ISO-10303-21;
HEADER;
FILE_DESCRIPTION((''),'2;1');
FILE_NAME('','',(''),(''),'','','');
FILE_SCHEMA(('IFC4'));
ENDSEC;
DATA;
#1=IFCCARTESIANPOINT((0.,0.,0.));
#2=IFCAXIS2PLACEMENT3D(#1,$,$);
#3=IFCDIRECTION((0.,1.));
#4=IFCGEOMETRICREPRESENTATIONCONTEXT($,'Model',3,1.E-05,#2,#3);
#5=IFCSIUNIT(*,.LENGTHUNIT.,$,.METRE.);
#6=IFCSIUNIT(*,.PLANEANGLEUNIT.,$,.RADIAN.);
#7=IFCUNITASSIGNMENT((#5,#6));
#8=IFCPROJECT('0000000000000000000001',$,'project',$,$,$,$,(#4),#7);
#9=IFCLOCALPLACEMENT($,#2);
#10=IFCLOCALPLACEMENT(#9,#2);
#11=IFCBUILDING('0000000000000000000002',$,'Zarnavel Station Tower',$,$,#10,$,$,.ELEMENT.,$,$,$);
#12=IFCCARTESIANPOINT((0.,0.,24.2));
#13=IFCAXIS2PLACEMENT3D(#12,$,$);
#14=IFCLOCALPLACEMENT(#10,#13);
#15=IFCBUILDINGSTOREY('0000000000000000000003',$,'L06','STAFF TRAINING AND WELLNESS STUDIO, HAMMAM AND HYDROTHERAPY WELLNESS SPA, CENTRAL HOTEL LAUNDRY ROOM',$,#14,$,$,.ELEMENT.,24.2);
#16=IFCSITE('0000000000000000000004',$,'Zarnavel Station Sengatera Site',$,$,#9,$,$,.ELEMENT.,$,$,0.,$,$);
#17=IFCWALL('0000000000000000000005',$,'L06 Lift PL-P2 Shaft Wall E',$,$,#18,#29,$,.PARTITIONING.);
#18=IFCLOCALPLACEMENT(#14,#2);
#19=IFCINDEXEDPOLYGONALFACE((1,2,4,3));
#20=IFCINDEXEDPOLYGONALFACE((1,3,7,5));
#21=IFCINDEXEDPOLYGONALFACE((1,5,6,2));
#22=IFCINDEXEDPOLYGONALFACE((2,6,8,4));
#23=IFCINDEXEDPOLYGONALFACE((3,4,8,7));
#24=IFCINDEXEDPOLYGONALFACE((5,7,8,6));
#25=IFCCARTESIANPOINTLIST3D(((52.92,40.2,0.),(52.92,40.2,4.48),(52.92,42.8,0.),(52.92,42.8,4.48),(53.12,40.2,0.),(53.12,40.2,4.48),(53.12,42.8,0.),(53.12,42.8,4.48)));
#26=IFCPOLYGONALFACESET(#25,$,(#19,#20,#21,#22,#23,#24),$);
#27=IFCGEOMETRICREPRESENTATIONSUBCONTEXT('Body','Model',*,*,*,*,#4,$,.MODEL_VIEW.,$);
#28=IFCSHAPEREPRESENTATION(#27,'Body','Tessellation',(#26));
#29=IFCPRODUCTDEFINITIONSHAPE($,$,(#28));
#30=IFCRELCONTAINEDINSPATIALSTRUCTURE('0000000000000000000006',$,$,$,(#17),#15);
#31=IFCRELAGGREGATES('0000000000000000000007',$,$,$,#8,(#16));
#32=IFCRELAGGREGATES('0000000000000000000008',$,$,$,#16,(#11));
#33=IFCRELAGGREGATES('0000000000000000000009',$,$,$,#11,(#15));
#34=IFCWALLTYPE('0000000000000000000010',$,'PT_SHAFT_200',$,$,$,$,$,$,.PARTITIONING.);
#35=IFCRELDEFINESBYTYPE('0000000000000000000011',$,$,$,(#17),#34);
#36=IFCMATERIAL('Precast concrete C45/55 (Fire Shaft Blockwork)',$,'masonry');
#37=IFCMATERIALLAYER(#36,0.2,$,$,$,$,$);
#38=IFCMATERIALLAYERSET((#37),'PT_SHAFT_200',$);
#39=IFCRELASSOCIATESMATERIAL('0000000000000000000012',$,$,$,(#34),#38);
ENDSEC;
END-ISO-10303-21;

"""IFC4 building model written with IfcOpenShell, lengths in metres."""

from ifc_helpers import new_model, si_unit, direction, frame, frame_2d, origin, place, context, subcontext, project, spatial, rectangle, extrude, material, layer, layer_set, type_object, element, save


model = new_model("IFC4")

# Units and contexts
model_context = context("Model", 3, precision=1e-05, world=origin(), true_north=direction((0.0, 1.0)))
body_context = subcontext(model_context, "Body", "Model", "MODEL_VIEW")
ifc_project = project(units=[si_unit("LENGTHUNIT", "METRE"), si_unit("PLANEANGLEUNIT", "RADIAN")], contexts=[model_context])

# Site, building, storey
site_placement = place(None, origin())
site = spatial("IfcSite", under=ifc_project, at=site_placement, Name="Zarnavel Station Sengatera Site", CompositionType="ELEMENT", RefElevation=0.0)
building_placement = place(site_placement, origin())
building = spatial("IfcBuilding", under=site, at=building_placement, Name="Zarnavel Station Tower", CompositionType="ELEMENT")
storey_placement = place(building_placement, frame((0.0, 0.0, 24.2)))
storey = spatial("IfcBuildingStorey", under=building, at=storey_placement, Name="L06", Description="STAFF TRAINING AND WELLNESS STUDIO, HAMMAM AND HYDROTHERAPY WELLNESS SPA, CENTRAL HOTEL LAUNDRY ROOM", CompositionType="ELEMENT", Elevation=24.2)

# Shared definitions
ifc_material_1 = material(Name="Precast concrete C45/55 (Fire Shaft Blockwork)", Category="masonry")
ifc_layer_1 = layer(ifc_material_1, 0.2)
ifc_layer_set_1 = layer_set([ifc_layer_1], Name="PT_SHAFT_200")
wall_type_1 = type_object("IfcWallType", Name="PT_SHAFT_200", PredefinedType="PARTITIONING", material=ifc_layer_set_1)

# Wall
wall_1_placement = place(storey_placement, frame((53.02, 40.2, 0.0), z_axis=(0.0, 0.0, 1.0), x_axis=(0.0, 1.0, 0.0)))
element("IfcWall", 1, at=wall_1_placement, inside=storey, type_object=wall_type_1, Name="L06 Lift PL-P2 Shaft Wall E", PredefinedType="PARTITIONING", context=body_context, shape_type="SweptSolid", body=[
    extrude(rectangle(XDim=2.6001, YDim=0.2, at=frame_2d((1.3, 0.0))), origin(), (0.0, 0.0, 1.0), 4.48),
])

save(model, "model.ifc")
